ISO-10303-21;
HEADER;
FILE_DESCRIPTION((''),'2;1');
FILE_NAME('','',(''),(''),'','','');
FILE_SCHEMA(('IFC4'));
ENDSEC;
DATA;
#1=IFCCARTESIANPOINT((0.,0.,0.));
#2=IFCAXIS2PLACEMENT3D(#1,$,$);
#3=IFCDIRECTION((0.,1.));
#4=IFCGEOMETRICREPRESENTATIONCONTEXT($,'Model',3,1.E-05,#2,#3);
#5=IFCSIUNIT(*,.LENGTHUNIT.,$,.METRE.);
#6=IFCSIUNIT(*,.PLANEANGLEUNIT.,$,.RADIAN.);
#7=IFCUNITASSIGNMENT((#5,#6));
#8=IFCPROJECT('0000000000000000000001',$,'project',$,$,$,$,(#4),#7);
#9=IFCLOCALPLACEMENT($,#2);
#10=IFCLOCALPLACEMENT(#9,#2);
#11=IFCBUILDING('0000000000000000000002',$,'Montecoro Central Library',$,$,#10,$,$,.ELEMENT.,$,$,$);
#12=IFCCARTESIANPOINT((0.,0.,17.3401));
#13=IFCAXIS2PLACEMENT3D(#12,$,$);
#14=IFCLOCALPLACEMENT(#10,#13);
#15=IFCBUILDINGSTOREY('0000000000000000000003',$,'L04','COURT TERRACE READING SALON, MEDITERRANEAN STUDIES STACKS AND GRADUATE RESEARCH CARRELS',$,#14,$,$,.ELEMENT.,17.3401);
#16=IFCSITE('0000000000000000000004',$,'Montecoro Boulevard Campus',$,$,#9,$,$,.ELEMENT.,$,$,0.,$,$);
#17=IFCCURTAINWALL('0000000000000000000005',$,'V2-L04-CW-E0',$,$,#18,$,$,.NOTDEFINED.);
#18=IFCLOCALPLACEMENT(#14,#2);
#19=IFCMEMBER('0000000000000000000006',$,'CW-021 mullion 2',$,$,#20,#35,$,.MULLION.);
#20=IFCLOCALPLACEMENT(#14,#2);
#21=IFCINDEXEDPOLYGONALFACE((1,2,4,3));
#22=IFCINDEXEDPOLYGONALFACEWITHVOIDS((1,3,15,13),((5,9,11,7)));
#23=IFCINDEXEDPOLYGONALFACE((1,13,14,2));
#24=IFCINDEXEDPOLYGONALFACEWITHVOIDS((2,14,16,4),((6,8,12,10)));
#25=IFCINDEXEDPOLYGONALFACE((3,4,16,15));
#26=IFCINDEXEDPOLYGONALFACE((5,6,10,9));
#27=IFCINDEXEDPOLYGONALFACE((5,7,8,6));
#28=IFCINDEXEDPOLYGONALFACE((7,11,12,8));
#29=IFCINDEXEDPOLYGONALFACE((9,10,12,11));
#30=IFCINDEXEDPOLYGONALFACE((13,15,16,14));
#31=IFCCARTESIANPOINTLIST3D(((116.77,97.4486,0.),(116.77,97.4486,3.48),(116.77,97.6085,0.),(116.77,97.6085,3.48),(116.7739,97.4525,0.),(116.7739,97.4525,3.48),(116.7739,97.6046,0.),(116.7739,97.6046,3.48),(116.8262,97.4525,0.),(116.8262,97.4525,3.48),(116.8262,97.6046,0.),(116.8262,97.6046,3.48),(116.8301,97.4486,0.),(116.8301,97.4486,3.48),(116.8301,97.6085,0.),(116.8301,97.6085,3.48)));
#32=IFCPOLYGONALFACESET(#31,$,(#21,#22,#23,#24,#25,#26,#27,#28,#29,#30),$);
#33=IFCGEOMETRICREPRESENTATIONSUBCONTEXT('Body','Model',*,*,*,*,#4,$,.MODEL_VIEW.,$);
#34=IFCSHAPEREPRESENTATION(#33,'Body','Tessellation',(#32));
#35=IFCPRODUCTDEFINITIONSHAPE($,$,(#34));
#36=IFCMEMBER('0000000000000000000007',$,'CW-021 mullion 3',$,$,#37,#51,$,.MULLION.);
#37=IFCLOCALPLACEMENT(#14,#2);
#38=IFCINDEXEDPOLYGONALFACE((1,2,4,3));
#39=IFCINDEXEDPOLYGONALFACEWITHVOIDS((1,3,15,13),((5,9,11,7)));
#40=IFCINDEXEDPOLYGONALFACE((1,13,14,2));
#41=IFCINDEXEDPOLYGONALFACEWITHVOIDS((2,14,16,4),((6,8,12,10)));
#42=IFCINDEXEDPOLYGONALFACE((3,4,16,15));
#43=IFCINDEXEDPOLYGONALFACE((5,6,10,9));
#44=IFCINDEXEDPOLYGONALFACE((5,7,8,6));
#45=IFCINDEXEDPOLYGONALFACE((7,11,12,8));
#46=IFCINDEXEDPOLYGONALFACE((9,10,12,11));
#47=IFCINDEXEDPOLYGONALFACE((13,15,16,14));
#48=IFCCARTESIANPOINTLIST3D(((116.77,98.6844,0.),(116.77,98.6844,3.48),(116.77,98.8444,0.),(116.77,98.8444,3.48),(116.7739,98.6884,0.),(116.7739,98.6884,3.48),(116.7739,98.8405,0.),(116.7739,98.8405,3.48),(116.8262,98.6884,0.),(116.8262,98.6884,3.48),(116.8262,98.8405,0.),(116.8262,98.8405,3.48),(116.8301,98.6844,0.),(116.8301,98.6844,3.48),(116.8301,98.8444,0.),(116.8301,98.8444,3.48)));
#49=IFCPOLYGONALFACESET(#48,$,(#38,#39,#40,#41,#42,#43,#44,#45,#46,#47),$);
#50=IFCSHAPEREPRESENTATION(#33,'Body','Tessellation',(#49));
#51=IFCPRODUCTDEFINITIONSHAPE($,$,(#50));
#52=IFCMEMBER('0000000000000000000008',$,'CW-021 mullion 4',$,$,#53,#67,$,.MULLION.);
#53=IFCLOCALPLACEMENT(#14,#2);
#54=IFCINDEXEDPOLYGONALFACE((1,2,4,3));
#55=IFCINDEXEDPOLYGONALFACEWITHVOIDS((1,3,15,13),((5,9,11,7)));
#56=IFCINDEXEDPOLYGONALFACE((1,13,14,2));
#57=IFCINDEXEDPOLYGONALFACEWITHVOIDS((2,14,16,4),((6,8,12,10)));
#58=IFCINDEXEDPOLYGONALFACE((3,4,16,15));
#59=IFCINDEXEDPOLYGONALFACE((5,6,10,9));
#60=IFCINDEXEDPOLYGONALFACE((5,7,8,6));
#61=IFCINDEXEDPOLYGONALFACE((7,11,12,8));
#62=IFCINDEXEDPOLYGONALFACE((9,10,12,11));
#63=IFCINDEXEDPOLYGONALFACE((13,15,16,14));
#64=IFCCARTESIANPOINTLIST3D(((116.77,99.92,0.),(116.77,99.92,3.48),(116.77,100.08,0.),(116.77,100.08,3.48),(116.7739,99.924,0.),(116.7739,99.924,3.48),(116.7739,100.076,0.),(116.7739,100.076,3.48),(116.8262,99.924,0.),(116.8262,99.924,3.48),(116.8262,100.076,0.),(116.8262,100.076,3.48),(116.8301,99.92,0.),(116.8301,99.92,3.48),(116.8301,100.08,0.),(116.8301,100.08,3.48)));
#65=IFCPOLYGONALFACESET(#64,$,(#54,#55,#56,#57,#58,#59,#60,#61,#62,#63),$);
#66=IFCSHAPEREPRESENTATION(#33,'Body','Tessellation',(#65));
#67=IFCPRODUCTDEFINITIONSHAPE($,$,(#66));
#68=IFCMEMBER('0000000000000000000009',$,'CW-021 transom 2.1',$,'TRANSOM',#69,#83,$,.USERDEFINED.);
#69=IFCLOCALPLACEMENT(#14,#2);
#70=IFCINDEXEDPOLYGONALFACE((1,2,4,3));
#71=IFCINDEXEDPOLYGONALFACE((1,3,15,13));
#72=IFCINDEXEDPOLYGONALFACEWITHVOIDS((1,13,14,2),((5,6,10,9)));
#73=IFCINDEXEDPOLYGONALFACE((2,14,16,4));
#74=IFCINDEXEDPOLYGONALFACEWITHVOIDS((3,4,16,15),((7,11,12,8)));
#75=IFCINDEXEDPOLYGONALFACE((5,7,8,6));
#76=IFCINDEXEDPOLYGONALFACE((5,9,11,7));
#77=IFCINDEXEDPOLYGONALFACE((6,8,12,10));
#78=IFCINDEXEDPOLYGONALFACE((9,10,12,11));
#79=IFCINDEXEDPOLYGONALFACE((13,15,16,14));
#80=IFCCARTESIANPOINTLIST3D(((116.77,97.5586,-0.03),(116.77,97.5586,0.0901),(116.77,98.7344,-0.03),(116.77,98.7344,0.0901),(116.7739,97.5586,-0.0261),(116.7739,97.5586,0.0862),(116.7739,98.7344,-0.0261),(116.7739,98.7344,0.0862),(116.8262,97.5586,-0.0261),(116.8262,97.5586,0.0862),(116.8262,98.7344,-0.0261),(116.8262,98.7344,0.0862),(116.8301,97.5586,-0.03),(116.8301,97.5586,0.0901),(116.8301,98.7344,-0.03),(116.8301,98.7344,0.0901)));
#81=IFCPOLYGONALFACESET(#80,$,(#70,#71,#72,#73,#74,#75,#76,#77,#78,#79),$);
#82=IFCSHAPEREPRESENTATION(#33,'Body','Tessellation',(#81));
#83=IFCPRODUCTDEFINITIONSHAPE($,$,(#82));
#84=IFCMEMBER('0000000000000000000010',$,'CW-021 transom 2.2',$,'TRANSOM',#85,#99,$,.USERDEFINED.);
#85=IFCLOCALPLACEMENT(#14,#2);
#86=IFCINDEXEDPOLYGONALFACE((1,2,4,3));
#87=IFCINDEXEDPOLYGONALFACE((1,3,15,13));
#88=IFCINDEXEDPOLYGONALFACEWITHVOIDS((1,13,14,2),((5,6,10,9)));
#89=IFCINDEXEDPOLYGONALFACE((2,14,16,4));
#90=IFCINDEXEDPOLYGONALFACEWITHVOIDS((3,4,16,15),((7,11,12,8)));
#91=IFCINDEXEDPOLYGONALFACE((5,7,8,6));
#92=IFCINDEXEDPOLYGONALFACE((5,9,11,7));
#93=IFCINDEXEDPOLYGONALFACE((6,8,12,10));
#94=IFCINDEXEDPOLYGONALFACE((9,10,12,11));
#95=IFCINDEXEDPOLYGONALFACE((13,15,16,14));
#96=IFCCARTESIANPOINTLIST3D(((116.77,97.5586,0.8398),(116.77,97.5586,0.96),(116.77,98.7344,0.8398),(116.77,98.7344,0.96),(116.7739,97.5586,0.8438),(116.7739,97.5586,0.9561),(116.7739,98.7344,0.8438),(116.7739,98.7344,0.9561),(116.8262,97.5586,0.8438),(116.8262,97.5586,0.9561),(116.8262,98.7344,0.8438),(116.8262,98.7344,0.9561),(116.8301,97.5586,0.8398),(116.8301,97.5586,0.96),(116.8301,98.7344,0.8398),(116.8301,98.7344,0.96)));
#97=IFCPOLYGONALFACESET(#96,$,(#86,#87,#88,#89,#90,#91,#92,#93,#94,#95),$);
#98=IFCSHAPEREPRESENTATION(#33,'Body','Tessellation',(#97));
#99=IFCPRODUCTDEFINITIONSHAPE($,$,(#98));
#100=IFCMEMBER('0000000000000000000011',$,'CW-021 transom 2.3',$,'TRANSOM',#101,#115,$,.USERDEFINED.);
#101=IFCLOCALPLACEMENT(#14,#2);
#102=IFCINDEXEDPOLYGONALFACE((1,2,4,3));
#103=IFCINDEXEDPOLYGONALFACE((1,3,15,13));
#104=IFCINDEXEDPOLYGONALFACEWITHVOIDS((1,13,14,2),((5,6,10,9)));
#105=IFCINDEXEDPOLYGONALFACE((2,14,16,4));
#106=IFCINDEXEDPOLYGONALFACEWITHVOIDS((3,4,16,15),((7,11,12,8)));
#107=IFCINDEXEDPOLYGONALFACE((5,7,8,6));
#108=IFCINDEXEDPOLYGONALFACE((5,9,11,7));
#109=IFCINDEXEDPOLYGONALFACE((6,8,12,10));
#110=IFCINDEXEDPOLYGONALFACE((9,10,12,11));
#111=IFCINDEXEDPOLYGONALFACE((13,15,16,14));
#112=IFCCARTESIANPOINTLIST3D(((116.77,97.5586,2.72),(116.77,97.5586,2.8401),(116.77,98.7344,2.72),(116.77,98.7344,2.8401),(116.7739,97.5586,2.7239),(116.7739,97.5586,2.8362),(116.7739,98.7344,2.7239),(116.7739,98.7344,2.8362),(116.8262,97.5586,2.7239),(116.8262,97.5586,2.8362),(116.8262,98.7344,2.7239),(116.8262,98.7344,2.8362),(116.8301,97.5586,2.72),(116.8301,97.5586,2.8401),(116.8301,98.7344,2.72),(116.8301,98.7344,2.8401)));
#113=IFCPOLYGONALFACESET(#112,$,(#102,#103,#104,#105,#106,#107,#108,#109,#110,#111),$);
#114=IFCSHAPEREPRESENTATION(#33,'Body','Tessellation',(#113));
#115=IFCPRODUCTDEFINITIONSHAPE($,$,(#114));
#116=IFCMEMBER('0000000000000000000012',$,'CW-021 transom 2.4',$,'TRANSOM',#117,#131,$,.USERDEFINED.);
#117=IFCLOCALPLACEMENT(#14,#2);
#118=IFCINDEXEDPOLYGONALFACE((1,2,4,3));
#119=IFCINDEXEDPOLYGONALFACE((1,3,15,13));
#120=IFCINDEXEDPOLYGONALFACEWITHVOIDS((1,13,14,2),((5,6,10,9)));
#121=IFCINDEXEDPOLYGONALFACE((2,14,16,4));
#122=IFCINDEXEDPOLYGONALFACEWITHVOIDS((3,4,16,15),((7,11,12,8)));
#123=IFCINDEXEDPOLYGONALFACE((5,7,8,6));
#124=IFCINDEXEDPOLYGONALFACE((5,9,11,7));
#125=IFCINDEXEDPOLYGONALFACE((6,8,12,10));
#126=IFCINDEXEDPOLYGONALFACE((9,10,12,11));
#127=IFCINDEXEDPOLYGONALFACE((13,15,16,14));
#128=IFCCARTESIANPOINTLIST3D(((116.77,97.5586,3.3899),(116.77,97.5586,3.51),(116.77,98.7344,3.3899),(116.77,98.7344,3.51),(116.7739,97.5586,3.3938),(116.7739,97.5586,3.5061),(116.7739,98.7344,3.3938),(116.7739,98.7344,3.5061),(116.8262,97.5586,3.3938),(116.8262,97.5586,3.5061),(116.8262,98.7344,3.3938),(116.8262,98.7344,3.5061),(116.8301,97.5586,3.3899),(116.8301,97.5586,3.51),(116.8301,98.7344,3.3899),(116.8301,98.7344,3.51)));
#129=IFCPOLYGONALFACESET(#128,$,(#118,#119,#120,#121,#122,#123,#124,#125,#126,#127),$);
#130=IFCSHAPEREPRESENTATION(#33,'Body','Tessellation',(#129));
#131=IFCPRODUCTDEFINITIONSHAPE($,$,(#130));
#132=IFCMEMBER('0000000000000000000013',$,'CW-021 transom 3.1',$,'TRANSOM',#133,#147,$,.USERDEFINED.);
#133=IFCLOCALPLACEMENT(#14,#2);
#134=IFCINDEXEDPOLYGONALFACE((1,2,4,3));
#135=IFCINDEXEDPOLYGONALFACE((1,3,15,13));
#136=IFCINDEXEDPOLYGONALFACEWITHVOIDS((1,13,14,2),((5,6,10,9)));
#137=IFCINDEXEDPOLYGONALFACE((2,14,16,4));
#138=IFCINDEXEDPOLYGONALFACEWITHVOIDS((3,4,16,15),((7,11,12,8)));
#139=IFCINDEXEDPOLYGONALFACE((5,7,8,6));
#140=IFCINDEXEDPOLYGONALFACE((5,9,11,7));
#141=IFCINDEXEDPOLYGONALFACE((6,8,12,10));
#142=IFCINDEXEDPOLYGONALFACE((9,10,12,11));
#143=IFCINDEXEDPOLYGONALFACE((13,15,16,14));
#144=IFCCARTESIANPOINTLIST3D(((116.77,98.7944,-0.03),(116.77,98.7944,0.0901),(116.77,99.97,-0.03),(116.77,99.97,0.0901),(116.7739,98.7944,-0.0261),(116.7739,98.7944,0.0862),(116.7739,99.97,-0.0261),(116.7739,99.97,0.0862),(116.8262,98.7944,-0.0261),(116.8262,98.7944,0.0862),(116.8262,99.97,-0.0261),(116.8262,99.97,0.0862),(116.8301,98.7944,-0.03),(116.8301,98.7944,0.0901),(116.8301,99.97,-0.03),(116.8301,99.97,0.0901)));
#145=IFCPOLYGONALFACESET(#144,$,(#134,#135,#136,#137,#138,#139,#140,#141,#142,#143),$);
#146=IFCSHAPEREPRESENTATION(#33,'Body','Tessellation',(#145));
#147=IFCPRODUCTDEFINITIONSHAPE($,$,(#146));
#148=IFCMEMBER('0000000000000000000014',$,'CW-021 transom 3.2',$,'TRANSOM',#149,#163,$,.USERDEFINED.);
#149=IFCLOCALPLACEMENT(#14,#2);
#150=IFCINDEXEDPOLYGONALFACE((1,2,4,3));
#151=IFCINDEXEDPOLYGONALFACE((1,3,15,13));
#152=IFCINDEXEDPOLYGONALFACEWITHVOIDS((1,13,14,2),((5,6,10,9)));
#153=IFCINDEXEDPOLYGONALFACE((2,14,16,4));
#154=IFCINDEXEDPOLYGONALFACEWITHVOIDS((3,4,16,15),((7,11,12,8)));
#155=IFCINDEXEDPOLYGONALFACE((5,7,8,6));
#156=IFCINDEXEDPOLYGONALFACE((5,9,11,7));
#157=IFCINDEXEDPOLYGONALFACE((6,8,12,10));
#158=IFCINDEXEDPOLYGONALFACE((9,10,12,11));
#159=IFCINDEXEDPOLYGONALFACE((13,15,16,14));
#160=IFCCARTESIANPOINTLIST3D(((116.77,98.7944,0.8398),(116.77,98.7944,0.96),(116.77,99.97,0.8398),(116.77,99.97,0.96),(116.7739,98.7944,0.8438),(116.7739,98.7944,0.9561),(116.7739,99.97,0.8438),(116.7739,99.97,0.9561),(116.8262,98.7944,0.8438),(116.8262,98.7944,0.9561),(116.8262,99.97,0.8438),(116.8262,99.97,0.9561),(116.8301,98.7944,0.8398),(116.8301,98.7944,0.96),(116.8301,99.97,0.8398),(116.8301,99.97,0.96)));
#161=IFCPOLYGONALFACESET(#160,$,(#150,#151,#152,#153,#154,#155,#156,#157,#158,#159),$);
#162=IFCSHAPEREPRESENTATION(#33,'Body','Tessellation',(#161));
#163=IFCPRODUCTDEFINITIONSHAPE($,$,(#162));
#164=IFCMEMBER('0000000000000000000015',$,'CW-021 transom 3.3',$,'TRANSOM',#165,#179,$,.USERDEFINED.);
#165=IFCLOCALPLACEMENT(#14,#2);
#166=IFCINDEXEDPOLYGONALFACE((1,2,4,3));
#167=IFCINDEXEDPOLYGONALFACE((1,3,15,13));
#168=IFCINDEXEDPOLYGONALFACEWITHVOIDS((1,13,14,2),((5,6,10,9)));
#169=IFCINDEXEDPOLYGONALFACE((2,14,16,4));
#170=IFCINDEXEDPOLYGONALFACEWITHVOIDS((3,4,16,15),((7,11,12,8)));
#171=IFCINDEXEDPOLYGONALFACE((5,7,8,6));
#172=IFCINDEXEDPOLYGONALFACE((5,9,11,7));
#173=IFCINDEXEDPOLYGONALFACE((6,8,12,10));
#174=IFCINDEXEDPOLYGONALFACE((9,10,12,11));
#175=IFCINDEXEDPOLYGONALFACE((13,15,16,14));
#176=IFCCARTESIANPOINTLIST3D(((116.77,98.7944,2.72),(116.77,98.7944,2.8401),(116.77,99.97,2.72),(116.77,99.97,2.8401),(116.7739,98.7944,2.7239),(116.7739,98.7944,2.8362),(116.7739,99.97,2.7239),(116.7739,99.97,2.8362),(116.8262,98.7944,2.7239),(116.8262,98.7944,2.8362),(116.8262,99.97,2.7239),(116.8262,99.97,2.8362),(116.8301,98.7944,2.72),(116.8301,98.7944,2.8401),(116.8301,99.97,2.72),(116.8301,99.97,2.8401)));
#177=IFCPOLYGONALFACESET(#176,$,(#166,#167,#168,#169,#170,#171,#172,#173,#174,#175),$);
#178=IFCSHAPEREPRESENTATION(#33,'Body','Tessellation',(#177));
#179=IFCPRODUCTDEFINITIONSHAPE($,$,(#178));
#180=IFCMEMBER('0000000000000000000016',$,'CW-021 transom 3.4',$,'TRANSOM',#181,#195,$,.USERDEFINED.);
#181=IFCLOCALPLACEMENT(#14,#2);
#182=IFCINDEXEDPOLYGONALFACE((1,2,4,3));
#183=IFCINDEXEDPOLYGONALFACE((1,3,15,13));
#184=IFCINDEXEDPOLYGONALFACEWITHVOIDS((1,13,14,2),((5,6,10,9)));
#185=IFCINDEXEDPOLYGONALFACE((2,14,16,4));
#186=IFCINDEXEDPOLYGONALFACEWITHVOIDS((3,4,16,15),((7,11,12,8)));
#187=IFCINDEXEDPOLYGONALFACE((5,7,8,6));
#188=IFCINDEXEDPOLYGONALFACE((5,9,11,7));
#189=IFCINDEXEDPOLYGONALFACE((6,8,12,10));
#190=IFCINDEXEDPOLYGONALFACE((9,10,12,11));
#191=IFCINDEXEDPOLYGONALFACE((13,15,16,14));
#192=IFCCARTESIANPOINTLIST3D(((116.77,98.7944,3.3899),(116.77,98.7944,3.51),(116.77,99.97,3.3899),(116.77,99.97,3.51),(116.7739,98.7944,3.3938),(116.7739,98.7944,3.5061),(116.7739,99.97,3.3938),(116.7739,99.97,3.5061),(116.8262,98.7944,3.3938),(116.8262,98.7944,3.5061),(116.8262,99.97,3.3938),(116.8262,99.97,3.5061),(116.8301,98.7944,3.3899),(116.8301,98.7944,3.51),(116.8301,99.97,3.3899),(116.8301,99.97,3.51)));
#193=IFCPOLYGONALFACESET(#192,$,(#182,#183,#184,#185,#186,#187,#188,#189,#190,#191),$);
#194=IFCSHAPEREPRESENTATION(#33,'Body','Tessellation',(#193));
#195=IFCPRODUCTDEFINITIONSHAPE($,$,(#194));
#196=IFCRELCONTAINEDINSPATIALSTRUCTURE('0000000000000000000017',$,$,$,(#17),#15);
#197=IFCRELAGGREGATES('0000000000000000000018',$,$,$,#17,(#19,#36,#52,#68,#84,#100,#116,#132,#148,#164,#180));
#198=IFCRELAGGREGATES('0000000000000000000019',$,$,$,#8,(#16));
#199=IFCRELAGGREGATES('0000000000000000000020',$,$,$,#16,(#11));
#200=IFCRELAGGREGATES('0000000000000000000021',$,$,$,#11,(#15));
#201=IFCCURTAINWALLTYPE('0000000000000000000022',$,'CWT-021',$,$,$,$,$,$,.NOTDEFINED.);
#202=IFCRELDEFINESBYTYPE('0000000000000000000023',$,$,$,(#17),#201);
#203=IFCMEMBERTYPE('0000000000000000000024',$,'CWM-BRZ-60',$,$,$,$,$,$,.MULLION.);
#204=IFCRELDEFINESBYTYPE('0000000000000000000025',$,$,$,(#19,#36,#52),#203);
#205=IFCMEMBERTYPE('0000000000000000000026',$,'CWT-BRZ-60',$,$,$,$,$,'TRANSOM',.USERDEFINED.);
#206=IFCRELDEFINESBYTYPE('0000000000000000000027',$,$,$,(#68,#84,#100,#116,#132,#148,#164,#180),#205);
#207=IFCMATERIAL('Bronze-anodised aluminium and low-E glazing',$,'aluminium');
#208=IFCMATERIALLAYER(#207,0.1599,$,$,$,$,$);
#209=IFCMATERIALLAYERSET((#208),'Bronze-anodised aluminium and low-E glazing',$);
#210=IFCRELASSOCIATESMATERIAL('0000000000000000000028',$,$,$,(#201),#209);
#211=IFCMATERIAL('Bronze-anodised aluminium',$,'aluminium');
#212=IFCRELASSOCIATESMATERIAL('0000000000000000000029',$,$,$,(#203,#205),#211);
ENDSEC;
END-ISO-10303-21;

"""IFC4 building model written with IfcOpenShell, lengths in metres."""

from ifc_helpers import new_model, si_unit, direction, frame, origin, origin_2d, place, context, subcontext, project, spatial, hollow_rectangle, extrude, material, layer, layer_set, material_profile, profile_set, type_object, element, aggregate, save


model = new_model("IFC4")

# Units and contexts
model_context = context("Model", 3, precision=1e-05, world=origin(), true_north=direction((0.0, 1.0)))
body_context = subcontext(model_context, "Body", "Model", "MODEL_VIEW")
ifc_project = project(units=[si_unit("LENGTHUNIT", "METRE"), si_unit("PLANEANGLEUNIT", "RADIAN")], contexts=[model_context])

# Site, building, storey
site_placement = place(None, origin())
site = spatial("IfcSite", under=ifc_project, at=site_placement, Name="Montecoro Boulevard Campus", CompositionType="ELEMENT", RefElevation=0.0)
building_placement = place(site_placement, origin())
building = spatial("IfcBuilding", under=site, at=building_placement, Name="Montecoro Central Library", CompositionType="ELEMENT")
storey_placement = place(building_placement, frame((0.0, 0.0, 17.3401)))
storey = spatial("IfcBuildingStorey", under=building, at=storey_placement, Name="L04", Description="COURT TERRACE READING SALON, MEDITERRANEAN STUDIES STACKS AND GRADUATE RESEARCH CARRELS", CompositionType="ELEMENT", Elevation=17.3401)

# Curtain wall, members
ifc_material_1 = material(Name="Bronze-anodised aluminium and low-E glazing", Category="aluminium")
ifc_layer_1 = layer(ifc_material_1, 0.1599)
ifc_layer_set_1 = layer_set([ifc_layer_1], Name="Bronze-anodised aluminium and low-E glazing")
curtain_wall_type = type_object("IfcCurtainWallType", Name="CWT-021", PredefinedType="NOTDEFINED", material=ifc_layer_set_1)
curtain_wall_placement = place(storey_placement, origin())
curtain_wall = element("IfcCurtainWall", 1, at=curtain_wall_placement, inside=storey, type_object=curtain_wall_type, Name="V2-L04-CW-E0", PredefinedType="NOTDEFINED")
ifc_material_2 = material(Name="Bronze-anodised aluminium", Category="aluminium")
ifc_material_profile_1 = material_profile(ifc_material_2, hollow_rectangle(XDim=0.0601, YDim=0.1599, WallThickness=0.0039, at=origin_2d()), Name="CWM 160x60x4.0")
ifc_profile_set_1 = profile_set([ifc_material_profile_1], Name="Bronze-anodised aluminium")
member_type_1 = type_object("IfcMemberType", Name="CWM-BRZ-60", PredefinedType="MULLION", material=ifc_profile_set_1)
member_1_placement = place(storey_placement, frame((116.8, 97.5286, 0.0), z_axis=(0.0, 0.0, 1.0), x_axis=(-1.0, 0.0, 0.0)))
member_1 = element("IfcMember", 2, at=member_1_placement, type_object=member_type_1, Name="CW-021 mullion 2", PredefinedType="MULLION", context=body_context, shape_type="SweptSolid", body=[
    extrude(hollow_rectangle(XDim=0.0601, YDim=0.1599, WallThickness=0.0039, at=origin_2d()), origin(), (0.0, 0.0, 1.0), 3.48),
])
member_2_placement = place(storey_placement, frame((116.8, 98.7644, 0.0), z_axis=(0.0, 0.0, 1.0), x_axis=(-1.0, 0.0, 0.0)))
member_2 = element("IfcMember", 3, at=member_2_placement, type_object=member_type_1, Name="CW-021 mullion 3", PredefinedType="MULLION", context=body_context, shape_type="SweptSolid", body=[
    extrude(hollow_rectangle(XDim=0.0601, YDim=0.1599, WallThickness=0.0039, at=origin_2d()), origin(), (0.0, 0.0, 1.0), 3.48),
])
member_3_placement = place(storey_placement, frame((116.8, 100.0, 0.0), z_axis=(0.0, 0.0, 1.0), x_axis=(-1.0, 0.0, 0.0)))
member_3 = element("IfcMember", 4, at=member_3_placement, type_object=member_type_1, Name="CW-021 mullion 4", PredefinedType="MULLION", context=body_context, shape_type="SweptSolid", body=[
    extrude(hollow_rectangle(XDim=0.0601, YDim=0.1599, WallThickness=0.0039, at=origin_2d()), origin(), (0.0, 0.0, 1.0), 3.48),
])
ifc_material_profile_2 = material_profile(ifc_material_2, hollow_rectangle(XDim=0.0601, YDim=0.1201, WallThickness=0.0039, at=origin_2d()), Name="CWT 120x60x4.0")
ifc_profile_set_2 = profile_set([ifc_material_profile_2], Name="Bronze-anodised aluminium")
member_type_2 = type_object("IfcMemberType", Name="CWT-BRZ-60", ElementType="TRANSOM", PredefinedType="USERDEFINED", material=ifc_profile_set_2)
member_4_placement = place(storey_placement, frame((116.8, 97.5586, 0.03), z_axis=(0.0, 1.0, 0.0), x_axis=(-1.0, 0.0, 0.0)))
member_4 = element("IfcMember", 5, at=member_4_placement, type_object=member_type_2, Name="CW-021 transom 2.1", ObjectType="TRANSOM", PredefinedType="USERDEFINED", context=body_context, shape_type="SweptSolid", body=[
    extrude(hollow_rectangle(XDim=0.0601, YDim=0.1201, WallThickness=0.0039, at=origin_2d()), origin(), (0.0, 0.0, 1.0), 1.1758),
])
member_5_placement = place(storey_placement, frame((116.8, 97.5586, 0.8999), z_axis=(0.0, 1.0, 0.0), x_axis=(-1.0, 0.0, 0.0)))
member_5 = element("IfcMember", 6, at=member_5_placement, type_object=member_type_2, Name="CW-021 transom 2.2", ObjectType="TRANSOM", PredefinedType="USERDEFINED", context=body_context, shape_type="SweptSolid", body=[
    extrude(hollow_rectangle(XDim=0.0601, YDim=0.1201, WallThickness=0.0039, at=origin_2d()), origin(), (0.0, 0.0, 1.0), 1.1758),
])
member_6_placement = place(storey_placement, frame((116.8, 97.5586, 2.78), z_axis=(0.0, 1.0, 0.0), x_axis=(-1.0, 0.0, 0.0)))
member_6 = element("IfcMember", 7, at=member_6_placement, type_object=member_type_2, Name="CW-021 transom 2.3", ObjectType="TRANSOM", PredefinedType="USERDEFINED", context=body_context, shape_type="SweptSolid", body=[
    extrude(hollow_rectangle(XDim=0.0601, YDim=0.1201, WallThickness=0.0039, at=origin_2d()), origin(), (0.0, 0.0, 1.0), 1.1758),
])
member_7_placement = place(storey_placement, frame((116.8, 97.5586, 3.45), z_axis=(0.0, 1.0, 0.0), x_axis=(-1.0, 0.0, 0.0)))
member_7 = element("IfcMember", 8, at=member_7_placement, type_object=member_type_2, Name="CW-021 transom 2.4", ObjectType="TRANSOM", PredefinedType="USERDEFINED", context=body_context, shape_type="SweptSolid", body=[
    extrude(hollow_rectangle(XDim=0.0601, YDim=0.1201, WallThickness=0.0039, at=origin_2d()), origin(), (0.0, 0.0, 1.0), 1.1758),
])
member_8_placement = place(storey_placement, frame((116.8, 98.7944, 0.03), z_axis=(0.0, 1.0, 0.0), x_axis=(-1.0, 0.0, 0.0)))
member_8 = element("IfcMember", 9, at=member_8_placement, type_object=member_type_2, Name="CW-021 transom 3.1", ObjectType="TRANSOM", PredefinedType="USERDEFINED", context=body_context, shape_type="SweptSolid", body=[
    extrude(hollow_rectangle(XDim=0.0601, YDim=0.1201, WallThickness=0.0039, at=origin_2d()), origin(), (0.0, 0.0, 1.0), 1.1755),
])
member_9_placement = place(storey_placement, frame((116.8, 98.7944, 0.8999), z_axis=(0.0, 1.0, 0.0), x_axis=(-1.0, 0.0, 0.0)))
member_9 = element("IfcMember", 10, at=member_9_placement, type_object=member_type_2, Name="CW-021 transom 3.2", ObjectType="TRANSOM", PredefinedType="USERDEFINED", context=body_context, shape_type="SweptSolid", body=[
    extrude(hollow_rectangle(XDim=0.0601, YDim=0.1201, WallThickness=0.0039, at=origin_2d()), origin(), (0.0, 0.0, 1.0), 1.1755),
])
member_10_placement = place(storey_placement, frame((116.8, 98.7944, 2.78), z_axis=(0.0, 1.0, 0.0), x_axis=(-1.0, 0.0, 0.0)))
member_10 = element("IfcMember", 11, at=member_10_placement, type_object=member_type_2, Name="CW-021 transom 3.3", ObjectType="TRANSOM", PredefinedType="USERDEFINED", context=body_context, shape_type="SweptSolid", body=[
    extrude(hollow_rectangle(XDim=0.0601, YDim=0.1201, WallThickness=0.0039, at=origin_2d()), origin(), (0.0, 0.0, 1.0), 1.1755),
])
member_11_placement = place(storey_placement, frame((116.8, 98.7944, 3.45), z_axis=(0.0, 1.0, 0.0), x_axis=(-1.0, 0.0, 0.0)))
member_11 = element("IfcMember", 12, at=member_11_placement, type_object=member_type_2, Name="CW-021 transom 3.4", ObjectType="TRANSOM", PredefinedType="USERDEFINED", context=body_context, shape_type="SweptSolid", body=[
    extrude(hollow_rectangle(XDim=0.0601, YDim=0.1201, WallThickness=0.0039, at=origin_2d()), origin(), (0.0, 0.0, 1.0), 1.1755),
])
aggregate(curtain_wall, [member_1, member_2, member_3, member_4, member_5, member_6, member_7, member_8, member_9, member_10, member_11])

save(model, "model.ifc")
